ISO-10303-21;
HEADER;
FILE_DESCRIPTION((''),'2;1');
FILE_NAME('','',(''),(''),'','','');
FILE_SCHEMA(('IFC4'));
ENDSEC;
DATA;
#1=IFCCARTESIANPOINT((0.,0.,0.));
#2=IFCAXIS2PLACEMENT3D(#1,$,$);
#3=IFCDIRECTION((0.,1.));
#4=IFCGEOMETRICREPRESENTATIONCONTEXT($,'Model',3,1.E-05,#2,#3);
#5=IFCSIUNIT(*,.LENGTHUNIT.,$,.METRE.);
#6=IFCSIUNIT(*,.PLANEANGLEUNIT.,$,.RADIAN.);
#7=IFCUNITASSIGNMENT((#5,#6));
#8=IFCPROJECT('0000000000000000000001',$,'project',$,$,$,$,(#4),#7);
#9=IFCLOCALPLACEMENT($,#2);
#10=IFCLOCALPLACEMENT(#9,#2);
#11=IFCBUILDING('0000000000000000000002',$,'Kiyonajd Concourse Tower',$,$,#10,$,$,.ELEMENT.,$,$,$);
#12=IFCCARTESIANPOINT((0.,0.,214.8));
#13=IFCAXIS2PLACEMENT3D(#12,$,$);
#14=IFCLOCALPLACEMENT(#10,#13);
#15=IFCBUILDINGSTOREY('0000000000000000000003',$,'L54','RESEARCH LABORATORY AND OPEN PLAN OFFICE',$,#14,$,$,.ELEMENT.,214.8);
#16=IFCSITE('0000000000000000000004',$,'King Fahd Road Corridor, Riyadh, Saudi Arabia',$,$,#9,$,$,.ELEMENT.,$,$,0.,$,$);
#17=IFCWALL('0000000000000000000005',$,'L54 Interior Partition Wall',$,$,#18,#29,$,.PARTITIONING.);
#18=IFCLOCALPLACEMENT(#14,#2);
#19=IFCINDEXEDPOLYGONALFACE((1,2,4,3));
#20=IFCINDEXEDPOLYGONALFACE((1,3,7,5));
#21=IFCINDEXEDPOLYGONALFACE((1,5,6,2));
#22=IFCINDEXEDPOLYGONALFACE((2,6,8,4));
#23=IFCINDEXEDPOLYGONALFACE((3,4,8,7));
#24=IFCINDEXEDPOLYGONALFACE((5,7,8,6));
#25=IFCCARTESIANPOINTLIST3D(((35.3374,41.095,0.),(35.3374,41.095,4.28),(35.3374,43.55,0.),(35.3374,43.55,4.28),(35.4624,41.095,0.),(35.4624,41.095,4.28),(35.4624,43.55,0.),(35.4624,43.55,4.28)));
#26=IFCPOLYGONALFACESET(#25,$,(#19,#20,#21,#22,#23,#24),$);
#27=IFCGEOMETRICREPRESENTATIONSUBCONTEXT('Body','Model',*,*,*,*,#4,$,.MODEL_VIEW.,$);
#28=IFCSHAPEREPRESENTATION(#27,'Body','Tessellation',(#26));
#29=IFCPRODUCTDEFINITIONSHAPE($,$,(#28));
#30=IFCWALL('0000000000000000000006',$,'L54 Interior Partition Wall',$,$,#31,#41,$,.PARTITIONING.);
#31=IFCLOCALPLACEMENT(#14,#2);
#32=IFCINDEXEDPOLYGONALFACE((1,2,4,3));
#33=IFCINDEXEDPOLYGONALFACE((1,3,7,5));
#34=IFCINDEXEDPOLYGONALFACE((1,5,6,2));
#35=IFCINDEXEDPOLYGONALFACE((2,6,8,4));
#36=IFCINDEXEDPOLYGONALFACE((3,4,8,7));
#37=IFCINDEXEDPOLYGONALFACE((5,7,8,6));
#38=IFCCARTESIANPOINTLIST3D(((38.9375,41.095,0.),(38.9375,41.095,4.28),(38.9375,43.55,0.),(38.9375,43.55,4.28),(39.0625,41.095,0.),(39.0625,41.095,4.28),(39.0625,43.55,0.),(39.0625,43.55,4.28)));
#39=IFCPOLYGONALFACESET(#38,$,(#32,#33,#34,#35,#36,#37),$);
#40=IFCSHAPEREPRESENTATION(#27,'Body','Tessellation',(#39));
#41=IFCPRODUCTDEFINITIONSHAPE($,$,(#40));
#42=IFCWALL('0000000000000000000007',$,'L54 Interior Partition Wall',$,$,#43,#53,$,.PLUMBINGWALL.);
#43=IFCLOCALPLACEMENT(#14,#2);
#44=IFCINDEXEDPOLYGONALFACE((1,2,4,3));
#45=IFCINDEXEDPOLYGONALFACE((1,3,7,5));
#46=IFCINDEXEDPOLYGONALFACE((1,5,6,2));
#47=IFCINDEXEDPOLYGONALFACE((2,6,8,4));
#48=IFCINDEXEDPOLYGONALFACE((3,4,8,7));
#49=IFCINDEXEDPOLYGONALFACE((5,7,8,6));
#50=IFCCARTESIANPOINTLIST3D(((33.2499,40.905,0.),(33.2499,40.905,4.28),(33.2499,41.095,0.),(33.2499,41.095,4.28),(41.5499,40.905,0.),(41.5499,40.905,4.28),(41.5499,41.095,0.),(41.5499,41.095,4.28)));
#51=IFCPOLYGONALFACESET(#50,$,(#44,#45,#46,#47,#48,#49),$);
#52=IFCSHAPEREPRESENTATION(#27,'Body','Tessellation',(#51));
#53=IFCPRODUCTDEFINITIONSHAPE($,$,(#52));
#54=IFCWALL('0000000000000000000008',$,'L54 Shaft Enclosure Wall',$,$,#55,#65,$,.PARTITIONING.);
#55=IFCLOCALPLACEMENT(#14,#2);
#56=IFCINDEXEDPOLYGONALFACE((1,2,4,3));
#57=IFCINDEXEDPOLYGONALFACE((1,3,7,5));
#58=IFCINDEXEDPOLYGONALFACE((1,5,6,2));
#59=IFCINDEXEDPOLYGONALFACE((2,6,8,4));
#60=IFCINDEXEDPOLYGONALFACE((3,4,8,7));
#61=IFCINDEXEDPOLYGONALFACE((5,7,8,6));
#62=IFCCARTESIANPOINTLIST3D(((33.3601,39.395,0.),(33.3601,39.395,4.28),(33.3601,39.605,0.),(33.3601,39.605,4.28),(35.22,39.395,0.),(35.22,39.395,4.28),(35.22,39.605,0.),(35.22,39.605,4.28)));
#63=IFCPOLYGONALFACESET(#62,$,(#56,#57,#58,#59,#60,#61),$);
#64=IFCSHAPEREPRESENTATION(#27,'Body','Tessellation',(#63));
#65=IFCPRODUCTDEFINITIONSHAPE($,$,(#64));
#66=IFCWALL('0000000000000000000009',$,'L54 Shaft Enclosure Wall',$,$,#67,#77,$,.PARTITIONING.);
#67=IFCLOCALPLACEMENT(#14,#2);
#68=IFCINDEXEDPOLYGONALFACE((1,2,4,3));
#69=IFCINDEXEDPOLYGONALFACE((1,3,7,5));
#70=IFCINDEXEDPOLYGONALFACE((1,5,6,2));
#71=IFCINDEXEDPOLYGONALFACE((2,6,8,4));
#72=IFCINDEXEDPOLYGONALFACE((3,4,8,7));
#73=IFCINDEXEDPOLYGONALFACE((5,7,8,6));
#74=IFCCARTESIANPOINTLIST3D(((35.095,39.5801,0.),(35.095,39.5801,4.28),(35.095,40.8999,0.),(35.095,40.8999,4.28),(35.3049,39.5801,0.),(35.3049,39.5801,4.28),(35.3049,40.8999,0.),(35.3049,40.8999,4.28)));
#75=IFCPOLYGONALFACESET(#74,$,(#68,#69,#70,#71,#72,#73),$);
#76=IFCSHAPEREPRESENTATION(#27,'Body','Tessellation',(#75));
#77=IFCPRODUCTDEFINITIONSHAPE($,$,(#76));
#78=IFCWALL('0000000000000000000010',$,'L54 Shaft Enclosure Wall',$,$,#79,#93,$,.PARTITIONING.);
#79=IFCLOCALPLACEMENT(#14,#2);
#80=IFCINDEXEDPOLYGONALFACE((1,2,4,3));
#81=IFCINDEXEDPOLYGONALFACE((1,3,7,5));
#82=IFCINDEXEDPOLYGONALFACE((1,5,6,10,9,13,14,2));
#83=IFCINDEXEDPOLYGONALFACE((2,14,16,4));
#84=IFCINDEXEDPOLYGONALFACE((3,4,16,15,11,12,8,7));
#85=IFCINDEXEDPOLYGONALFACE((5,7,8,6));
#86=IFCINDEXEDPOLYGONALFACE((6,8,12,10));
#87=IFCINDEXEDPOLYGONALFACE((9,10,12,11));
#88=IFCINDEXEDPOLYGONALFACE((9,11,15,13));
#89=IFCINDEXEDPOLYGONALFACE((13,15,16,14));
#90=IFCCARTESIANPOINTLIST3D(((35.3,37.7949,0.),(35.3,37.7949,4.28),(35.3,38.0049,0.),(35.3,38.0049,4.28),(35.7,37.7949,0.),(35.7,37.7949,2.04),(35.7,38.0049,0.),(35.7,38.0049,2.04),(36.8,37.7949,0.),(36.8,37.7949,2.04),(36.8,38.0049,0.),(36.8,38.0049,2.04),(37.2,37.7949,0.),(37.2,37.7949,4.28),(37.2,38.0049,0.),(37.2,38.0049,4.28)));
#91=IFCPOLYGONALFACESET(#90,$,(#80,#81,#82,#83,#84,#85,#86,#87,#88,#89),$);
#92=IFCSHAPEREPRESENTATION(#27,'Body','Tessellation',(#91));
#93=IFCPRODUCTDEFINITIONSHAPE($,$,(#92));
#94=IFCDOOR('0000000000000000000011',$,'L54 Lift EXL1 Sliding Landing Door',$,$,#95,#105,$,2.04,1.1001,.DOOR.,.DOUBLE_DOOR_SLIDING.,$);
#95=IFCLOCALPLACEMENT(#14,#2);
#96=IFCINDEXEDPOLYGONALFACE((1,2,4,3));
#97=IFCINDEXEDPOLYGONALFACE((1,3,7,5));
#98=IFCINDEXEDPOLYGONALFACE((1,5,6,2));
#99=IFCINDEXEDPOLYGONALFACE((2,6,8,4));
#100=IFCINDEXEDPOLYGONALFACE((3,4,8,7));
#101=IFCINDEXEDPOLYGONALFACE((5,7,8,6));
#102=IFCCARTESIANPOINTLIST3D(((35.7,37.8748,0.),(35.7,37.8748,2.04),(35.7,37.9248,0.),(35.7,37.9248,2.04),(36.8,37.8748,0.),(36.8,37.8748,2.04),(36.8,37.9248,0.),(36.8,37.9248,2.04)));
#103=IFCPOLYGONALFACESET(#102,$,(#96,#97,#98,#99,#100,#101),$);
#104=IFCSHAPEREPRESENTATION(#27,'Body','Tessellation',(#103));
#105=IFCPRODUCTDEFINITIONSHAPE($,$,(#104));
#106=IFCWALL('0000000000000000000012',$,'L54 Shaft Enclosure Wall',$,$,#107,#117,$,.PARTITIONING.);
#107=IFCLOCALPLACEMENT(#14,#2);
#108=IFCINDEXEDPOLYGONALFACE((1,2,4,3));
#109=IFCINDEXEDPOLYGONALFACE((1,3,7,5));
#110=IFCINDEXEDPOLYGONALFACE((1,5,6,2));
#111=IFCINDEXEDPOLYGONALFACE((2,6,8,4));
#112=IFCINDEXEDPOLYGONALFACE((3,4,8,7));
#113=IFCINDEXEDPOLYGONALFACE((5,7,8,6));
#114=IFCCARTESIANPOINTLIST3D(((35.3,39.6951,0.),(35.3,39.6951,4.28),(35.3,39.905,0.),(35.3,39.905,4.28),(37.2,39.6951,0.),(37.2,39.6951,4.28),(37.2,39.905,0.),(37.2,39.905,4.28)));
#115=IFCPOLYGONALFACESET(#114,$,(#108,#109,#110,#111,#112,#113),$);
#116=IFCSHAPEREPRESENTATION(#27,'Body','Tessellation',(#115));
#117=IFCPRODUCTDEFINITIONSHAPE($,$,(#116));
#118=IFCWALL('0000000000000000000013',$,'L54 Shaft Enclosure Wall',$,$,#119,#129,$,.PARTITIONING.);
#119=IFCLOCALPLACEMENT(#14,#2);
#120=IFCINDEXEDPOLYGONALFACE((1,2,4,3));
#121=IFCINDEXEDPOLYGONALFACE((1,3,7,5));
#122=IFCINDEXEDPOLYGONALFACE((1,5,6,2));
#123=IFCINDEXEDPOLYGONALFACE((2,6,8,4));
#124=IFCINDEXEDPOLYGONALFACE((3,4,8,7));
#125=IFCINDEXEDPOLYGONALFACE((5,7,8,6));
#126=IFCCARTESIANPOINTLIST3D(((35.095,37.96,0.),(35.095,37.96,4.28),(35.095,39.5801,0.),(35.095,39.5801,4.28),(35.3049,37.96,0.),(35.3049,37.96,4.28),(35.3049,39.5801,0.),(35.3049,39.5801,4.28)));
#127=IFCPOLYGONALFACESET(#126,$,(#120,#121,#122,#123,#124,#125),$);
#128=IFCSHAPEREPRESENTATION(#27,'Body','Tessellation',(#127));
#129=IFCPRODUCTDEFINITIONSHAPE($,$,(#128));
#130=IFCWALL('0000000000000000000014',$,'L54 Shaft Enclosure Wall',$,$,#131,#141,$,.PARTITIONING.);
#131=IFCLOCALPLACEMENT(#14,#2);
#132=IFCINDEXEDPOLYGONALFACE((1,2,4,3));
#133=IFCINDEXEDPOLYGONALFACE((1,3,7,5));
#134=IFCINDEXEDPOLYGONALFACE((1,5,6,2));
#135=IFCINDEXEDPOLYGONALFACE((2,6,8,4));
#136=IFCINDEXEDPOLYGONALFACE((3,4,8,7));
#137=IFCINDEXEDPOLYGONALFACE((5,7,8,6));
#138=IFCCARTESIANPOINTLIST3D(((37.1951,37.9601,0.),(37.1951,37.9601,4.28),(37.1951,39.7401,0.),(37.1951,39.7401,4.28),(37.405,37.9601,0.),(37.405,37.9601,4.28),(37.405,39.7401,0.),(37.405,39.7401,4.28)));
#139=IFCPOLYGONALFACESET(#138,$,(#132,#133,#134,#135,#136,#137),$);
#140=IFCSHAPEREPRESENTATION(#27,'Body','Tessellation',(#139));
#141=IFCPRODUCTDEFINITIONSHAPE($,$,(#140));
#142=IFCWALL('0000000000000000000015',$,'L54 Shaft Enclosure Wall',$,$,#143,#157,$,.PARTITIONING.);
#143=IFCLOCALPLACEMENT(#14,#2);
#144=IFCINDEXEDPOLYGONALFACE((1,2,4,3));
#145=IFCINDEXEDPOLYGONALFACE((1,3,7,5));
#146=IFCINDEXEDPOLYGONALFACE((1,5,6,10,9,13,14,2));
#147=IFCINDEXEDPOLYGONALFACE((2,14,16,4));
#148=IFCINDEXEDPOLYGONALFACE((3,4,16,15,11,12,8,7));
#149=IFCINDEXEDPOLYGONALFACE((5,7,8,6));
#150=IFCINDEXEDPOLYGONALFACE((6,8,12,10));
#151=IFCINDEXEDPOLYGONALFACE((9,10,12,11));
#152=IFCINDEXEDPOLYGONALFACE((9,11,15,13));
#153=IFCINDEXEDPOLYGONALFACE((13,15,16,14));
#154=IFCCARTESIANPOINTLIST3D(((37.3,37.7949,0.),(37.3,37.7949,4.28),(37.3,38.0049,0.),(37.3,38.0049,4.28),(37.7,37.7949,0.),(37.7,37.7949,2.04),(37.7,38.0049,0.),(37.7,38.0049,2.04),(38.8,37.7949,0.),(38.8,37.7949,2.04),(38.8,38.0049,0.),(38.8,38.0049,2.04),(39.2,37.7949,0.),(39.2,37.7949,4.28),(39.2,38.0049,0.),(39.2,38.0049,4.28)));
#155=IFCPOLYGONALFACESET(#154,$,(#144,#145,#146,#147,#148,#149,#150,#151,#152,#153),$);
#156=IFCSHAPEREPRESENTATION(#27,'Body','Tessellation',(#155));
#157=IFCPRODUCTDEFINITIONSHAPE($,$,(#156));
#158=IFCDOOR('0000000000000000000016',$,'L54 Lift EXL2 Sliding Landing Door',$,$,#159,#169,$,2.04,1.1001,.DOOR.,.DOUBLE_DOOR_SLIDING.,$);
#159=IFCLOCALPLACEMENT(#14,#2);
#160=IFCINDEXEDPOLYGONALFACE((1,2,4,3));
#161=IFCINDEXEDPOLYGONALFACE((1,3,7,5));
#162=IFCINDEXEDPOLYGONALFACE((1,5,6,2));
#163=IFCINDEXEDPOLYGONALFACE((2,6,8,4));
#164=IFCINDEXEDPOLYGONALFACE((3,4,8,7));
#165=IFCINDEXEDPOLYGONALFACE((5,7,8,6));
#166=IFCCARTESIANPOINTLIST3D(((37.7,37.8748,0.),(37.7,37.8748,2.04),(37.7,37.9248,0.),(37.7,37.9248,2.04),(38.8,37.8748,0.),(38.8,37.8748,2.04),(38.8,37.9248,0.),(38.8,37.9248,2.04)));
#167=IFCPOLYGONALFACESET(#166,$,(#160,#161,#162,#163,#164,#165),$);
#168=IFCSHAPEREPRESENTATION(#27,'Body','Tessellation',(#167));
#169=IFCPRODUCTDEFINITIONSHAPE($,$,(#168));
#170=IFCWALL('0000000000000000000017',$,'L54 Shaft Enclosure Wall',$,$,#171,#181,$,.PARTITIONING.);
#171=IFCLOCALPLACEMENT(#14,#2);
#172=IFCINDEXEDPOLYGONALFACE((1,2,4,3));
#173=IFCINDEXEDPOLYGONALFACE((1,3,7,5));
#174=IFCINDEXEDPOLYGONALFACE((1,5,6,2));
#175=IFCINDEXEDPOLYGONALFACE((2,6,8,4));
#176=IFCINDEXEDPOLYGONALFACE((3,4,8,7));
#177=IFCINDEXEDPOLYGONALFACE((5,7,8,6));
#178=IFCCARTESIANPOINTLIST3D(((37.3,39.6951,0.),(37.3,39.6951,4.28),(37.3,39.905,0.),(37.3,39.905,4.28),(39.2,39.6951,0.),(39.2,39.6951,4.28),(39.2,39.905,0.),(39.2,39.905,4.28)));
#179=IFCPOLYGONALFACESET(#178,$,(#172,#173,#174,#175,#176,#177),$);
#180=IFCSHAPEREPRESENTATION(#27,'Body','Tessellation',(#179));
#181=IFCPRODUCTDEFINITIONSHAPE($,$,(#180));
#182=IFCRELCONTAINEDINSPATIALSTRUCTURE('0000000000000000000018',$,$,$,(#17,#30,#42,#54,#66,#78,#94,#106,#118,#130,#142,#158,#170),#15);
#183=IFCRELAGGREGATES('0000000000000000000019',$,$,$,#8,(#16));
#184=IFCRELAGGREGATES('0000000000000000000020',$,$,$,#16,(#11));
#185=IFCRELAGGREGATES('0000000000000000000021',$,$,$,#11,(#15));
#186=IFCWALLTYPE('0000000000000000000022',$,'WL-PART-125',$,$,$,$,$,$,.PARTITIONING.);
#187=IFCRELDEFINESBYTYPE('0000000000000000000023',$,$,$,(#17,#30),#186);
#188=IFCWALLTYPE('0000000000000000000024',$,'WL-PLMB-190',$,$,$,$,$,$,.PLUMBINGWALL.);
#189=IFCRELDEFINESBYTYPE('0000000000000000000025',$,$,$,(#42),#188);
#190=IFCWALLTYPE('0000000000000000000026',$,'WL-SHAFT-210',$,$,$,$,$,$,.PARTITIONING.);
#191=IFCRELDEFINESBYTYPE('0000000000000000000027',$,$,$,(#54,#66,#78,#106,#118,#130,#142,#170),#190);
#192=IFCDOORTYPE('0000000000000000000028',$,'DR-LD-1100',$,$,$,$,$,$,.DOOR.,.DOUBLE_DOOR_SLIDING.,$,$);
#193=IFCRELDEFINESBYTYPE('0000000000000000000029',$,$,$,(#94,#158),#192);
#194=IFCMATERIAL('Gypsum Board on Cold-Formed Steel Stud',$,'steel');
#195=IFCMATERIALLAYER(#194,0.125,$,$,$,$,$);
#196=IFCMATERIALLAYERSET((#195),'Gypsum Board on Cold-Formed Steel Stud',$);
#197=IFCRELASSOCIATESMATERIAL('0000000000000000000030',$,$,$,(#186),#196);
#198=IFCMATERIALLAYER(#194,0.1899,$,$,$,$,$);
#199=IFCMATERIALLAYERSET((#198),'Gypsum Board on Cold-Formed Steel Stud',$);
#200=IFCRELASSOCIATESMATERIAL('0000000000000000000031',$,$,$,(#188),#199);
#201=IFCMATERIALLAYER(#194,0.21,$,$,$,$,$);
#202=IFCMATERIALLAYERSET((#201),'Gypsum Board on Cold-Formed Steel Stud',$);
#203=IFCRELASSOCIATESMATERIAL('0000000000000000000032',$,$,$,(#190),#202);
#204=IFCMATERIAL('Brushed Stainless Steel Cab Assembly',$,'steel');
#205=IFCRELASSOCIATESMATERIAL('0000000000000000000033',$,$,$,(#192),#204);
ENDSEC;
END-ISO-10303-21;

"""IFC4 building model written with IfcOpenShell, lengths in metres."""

from ifc_helpers import new_model, si_unit, direction, frame, frame_2d, origin, place, context, subcontext, project, spatial, rectangle, extrude, material, layer, layer_set, type_object, element, fill, save


model = new_model("IFC4")

# Units and contexts
model_context = context("Model", 3, precision=1e-05, world=origin(), true_north=direction((0.0, 1.0)))
body_context = subcontext(model_context, "Body", "Model", "MODEL_VIEW")
ifc_project = project(units=[si_unit("LENGTHUNIT", "METRE"), si_unit("PLANEANGLEUNIT", "RADIAN")], contexts=[model_context])

# Site, building, storey
site_placement = place(None, origin())
site = spatial("IfcSite", under=ifc_project, at=site_placement, Name="King Fahd Road Corridor, Riyadh, Saudi Arabia", CompositionType="ELEMENT", RefElevation=0.0)
building_placement = place(site_placement, origin())
building = spatial("IfcBuilding", under=site, at=building_placement, Name="Kiyonajd Concourse Tower", CompositionType="ELEMENT")
storey_placement = place(building_placement, frame((0.0, 0.0, 214.8)))
storey = spatial("IfcBuildingStorey", under=building, at=storey_placement, Name="L54", Description="RESEARCH LABORATORY AND OPEN PLAN OFFICE", CompositionType="ELEMENT", Elevation=214.8)

# Walls
ifc_material_1 = material(Name="Gypsum Board on Cold-Formed Steel Stud", Category="steel")
ifc_layer_1 = layer(ifc_material_1, 0.125)
ifc_layer_set_1 = layer_set([ifc_layer_1], Name="Gypsum Board on Cold-Formed Steel Stud")
wall_type_1 = type_object("IfcWallType", Name="WL-PART-125", PredefinedType="PARTITIONING", material=ifc_layer_set_1)
for number, where, z_axis, x_axis, name in (
    (1, (35.3999, 41.095, 0.0), (0.0, 0.0, 1.0), (0.0, 1.0, 0.0), "L54 Interior Partition Wall"),
    (2, (39.0, 41.095, 0.0), (0.0, 0.0, 1.0), (0.0, 1.0, 0.0), "L54 Interior Partition Wall"),
):
    element("IfcWall", number, at=place(storey_placement, frame(where, z_axis=z_axis, x_axis=x_axis)), inside=storey, type_object=wall_type_1, Name=name, PredefinedType="PARTITIONING", context=body_context, shape_type="SweptSolid", body=[
        extrude(rectangle(XDim=2.4551, YDim=0.125, at=frame_2d((1.2275, 0.0))), origin(), (0.0, 0.0, 1.0), 4.28),
    ])
ifc_layer_2 = layer(ifc_material_1, 0.1899)
ifc_layer_set_2 = layer_set([ifc_layer_2], Name="Gypsum Board on Cold-Formed Steel Stud")
wall_type_2 = type_object("IfcWallType", Name="WL-PLMB-190", PredefinedType="PLUMBINGWALL", material=ifc_layer_set_2)
wall_1_placement = place(storey_placement, frame((33.25, 41.0, 0.0), z_axis=(0.0, 0.0, 1.0), x_axis=(1.0, 0.0, 0.0)))
element("IfcWall", 3, at=wall_1_placement, inside=storey, type_object=wall_type_2, Name="L54 Interior Partition Wall", PredefinedType="PLUMBINGWALL", context=body_context, shape_type="SweptSolid", body=[
    extrude(rectangle(XDim=8.3, YDim=0.1899, at=frame_2d((4.1499, 0.0))), origin(), (0.0, 0.0, 1.0), 4.28),
])
ifc_layer_3 = layer(ifc_material_1, 0.21)
ifc_layer_set_3 = layer_set([ifc_layer_3], Name="Gypsum Board on Cold-Formed Steel Stud")
wall_type_3 = type_object("IfcWallType", Name="WL-SHAFT-210", PredefinedType="PARTITIONING", material=ifc_layer_set_3)
wall_2_placement = place(storey_placement, frame((33.3601, 39.5, 0.0), z_axis=(0.0, 0.0, 1.0), x_axis=(1.0, 0.0, 0.0)))
element("IfcWall", 4, at=wall_2_placement, inside=storey, type_object=wall_type_3, Name="L54 Shaft Enclosure Wall", PredefinedType="PARTITIONING", context=body_context, shape_type="SweptSolid", body=[
    extrude(rectangle(XDim=1.8599, YDim=0.21, at=frame_2d((0.9299, 0.0))), origin(), (0.0, 0.0, 1.0), 4.28),
])
wall_3_placement = place(storey_placement, frame((35.2, 39.5801, 0.0), z_axis=(0.0, 0.0, 1.0), x_axis=(0.0, 1.0, 0.0)))
element("IfcWall", 5, at=wall_3_placement, inside=storey, type_object=wall_type_3, Name="L54 Shaft Enclosure Wall", PredefinedType="PARTITIONING", context=body_context, shape_type="SweptSolid", body=[
    extrude(rectangle(XDim=1.3198, YDim=0.21, at=frame_2d((0.6599, 0.0))), origin(), (0.0, 0.0, 1.0), 4.28),
])

# Wall, opening, door
wall_4_placement = place(storey_placement, frame((35.3, 37.8999, 0.0), z_axis=(0.0, 0.0, 1.0), x_axis=(1.0, 0.0, 0.0)))
wall_4 = element("IfcWall", 6, at=wall_4_placement, inside=storey, type_object=wall_type_3, Name="L54 Shaft Enclosure Wall", PredefinedType="PARTITIONING", context=body_context, shape_type="SweptSolid", body=[
    extrude(rectangle(XDim=1.8999, YDim=0.21, at=frame_2d((0.95, 0.0))), origin(), (0.0, 0.0, 1.0), 4.28),
])
opening_1_placement = place(wall_4_placement, frame((0.3999, 0.0, 0.0)))
opening_1 = element("IfcOpeningElement", 7, at=opening_1_placement, cuts=wall_4, PredefinedType="OPENING", context=body_context, shape_type="SweptSolid", body=[
    extrude(rectangle(XDim=1.1001, YDim=2.04, at=frame_2d((0.55, 1.02))), frame((0.0, 0.115, 0.0), z_axis=(0.0, -1.0, 0.0), x_axis=(1.0, 0.0, 0.0)), (0.0, 0.0, 1.0), 0.23),
])
ifc_material_2 = material(Name="Brushed Stainless Steel Cab Assembly", Category="steel")
door_type_1 = type_object("IfcDoorType", Name="DR-LD-1100", OperationType="DOUBLE_DOOR_SLIDING", PredefinedType="DOOR", material=ifc_material_2)
door_1_placement = place(opening_1_placement, origin())
door_1 = element("IfcDoor", 8, at=door_1_placement, inside=storey, type_object=door_type_1, Name="L54 Lift EXL1 Sliding Landing Door", OperationType="DOUBLE_DOOR_SLIDING", OverallHeight=2.04, OverallWidth=1.1001, PredefinedType="DOOR", context=body_context, shape_type="SweptSolid", body=[
    extrude(rectangle(XDim=1.1001, YDim=2.04, at=frame_2d((0.55, 1.02))), frame((0.0, 0.0249, 0.0), z_axis=(0.0, -1.0, 0.0), x_axis=(1.0, 0.0, 0.0)), (0.0, 0.0, 1.0), 0.05),
])
fill(opening_1, door_1)

# Walls
wall_5_placement = place(storey_placement, frame((35.3, 39.8, 0.0), z_axis=(0.0, 0.0, 1.0), x_axis=(1.0, 0.0, 0.0)))
element("IfcWall", 9, at=wall_5_placement, inside=storey, type_object=wall_type_3, Name="L54 Shaft Enclosure Wall", PredefinedType="PARTITIONING", context=body_context, shape_type="SweptSolid", body=[
    extrude(rectangle(XDim=1.8999, YDim=0.21, at=frame_2d((0.95, 0.0))), origin(), (0.0, 0.0, 1.0), 4.28),
])
wall_6_placement = place(storey_placement, frame((35.2, 37.96, 0.0), z_axis=(0.0, 0.0, 1.0), x_axis=(0.0, 1.0, 0.0)))
element("IfcWall", 10, at=wall_6_placement, inside=storey, type_object=wall_type_3, Name="L54 Shaft Enclosure Wall", PredefinedType="PARTITIONING", context=body_context, shape_type="SweptSolid", body=[
    extrude(rectangle(XDim=1.6201, YDim=0.21, at=frame_2d((0.8101, 0.0))), origin(), (0.0, 0.0, 1.0), 4.28),
])
wall_7_placement = place(storey_placement, frame((37.3, 37.96, 0.0), z_axis=(0.0, 0.0, 1.0), x_axis=(0.0, 1.0, 0.0)))
element("IfcWall", 11, at=wall_7_placement, inside=storey, type_object=wall_type_3, Name="L54 Shaft Enclosure Wall", PredefinedType="PARTITIONING", context=body_context, shape_type="SweptSolid", body=[
    extrude(rectangle(XDim=1.78, YDim=0.21, at=frame_2d((0.8901, 0.0))), origin(), (0.0, 0.0, 1.0), 4.28),
])

# Wall, opening, door
wall_8_placement = place(storey_placement, frame((37.3, 37.8999, 0.0), z_axis=(0.0, 0.0, 1.0), x_axis=(1.0, 0.0, 0.0)))
wall_8 = element("IfcWall", 12, at=wall_8_placement, inside=storey, type_object=wall_type_3, Name="L54 Shaft Enclosure Wall", PredefinedType="PARTITIONING", context=body_context, shape_type="SweptSolid", body=[
    extrude(rectangle(XDim=1.8999, YDim=0.21, at=frame_2d((0.95, 0.0))), origin(), (0.0, 0.0, 1.0), 4.28),
])
opening_2_placement = place(wall_8_placement, frame((0.3999, 0.0, 0.0)))
opening_2 = element("IfcOpeningElement", 13, at=opening_2_placement, cuts=wall_8, PredefinedType="OPENING", context=body_context, shape_type="SweptSolid", body=[
    extrude(rectangle(XDim=1.1001, YDim=2.04, at=frame_2d((0.55, 1.02))), frame((0.0, 0.115, 0.0), z_axis=(0.0, -1.0, 0.0), x_axis=(1.0, 0.0, 0.0)), (0.0, 0.0, 1.0), 0.23),
])
door_2_placement = place(opening_2_placement, origin())
door_2 = element("IfcDoor", 14, at=door_2_placement, inside=storey, type_object=door_type_1, Name="L54 Lift EXL2 Sliding Landing Door", OperationType="DOUBLE_DOOR_SLIDING", OverallHeight=2.04, OverallWidth=1.1001, PredefinedType="DOOR", context=body_context, shape_type="SweptSolid", body=[
    extrude(rectangle(XDim=1.1001, YDim=2.04, at=frame_2d((0.55, 1.02))), frame((0.0, 0.0249, 0.0), z_axis=(0.0, -1.0, 0.0), x_axis=(1.0, 0.0, 0.0)), (0.0, 0.0, 1.0), 0.05),
])
fill(opening_2, door_2)

# Wall
wall_9_placement = place(storey_placement, frame((37.3, 39.8, 0.0), z_axis=(0.0, 0.0, 1.0), x_axis=(1.0, 0.0, 0.0)))
element("IfcWall", 15, at=wall_9_placement, inside=storey, type_object=wall_type_3, Name="L54 Shaft Enclosure Wall", PredefinedType="PARTITIONING", context=body_context, shape_type="SweptSolid", body=[
    extrude(rectangle(XDim=1.8999, YDim=0.21, at=frame_2d((0.95, 0.0))), origin(), (0.0, 0.0, 1.0), 4.28),
])

save(model, "model.ifc")
